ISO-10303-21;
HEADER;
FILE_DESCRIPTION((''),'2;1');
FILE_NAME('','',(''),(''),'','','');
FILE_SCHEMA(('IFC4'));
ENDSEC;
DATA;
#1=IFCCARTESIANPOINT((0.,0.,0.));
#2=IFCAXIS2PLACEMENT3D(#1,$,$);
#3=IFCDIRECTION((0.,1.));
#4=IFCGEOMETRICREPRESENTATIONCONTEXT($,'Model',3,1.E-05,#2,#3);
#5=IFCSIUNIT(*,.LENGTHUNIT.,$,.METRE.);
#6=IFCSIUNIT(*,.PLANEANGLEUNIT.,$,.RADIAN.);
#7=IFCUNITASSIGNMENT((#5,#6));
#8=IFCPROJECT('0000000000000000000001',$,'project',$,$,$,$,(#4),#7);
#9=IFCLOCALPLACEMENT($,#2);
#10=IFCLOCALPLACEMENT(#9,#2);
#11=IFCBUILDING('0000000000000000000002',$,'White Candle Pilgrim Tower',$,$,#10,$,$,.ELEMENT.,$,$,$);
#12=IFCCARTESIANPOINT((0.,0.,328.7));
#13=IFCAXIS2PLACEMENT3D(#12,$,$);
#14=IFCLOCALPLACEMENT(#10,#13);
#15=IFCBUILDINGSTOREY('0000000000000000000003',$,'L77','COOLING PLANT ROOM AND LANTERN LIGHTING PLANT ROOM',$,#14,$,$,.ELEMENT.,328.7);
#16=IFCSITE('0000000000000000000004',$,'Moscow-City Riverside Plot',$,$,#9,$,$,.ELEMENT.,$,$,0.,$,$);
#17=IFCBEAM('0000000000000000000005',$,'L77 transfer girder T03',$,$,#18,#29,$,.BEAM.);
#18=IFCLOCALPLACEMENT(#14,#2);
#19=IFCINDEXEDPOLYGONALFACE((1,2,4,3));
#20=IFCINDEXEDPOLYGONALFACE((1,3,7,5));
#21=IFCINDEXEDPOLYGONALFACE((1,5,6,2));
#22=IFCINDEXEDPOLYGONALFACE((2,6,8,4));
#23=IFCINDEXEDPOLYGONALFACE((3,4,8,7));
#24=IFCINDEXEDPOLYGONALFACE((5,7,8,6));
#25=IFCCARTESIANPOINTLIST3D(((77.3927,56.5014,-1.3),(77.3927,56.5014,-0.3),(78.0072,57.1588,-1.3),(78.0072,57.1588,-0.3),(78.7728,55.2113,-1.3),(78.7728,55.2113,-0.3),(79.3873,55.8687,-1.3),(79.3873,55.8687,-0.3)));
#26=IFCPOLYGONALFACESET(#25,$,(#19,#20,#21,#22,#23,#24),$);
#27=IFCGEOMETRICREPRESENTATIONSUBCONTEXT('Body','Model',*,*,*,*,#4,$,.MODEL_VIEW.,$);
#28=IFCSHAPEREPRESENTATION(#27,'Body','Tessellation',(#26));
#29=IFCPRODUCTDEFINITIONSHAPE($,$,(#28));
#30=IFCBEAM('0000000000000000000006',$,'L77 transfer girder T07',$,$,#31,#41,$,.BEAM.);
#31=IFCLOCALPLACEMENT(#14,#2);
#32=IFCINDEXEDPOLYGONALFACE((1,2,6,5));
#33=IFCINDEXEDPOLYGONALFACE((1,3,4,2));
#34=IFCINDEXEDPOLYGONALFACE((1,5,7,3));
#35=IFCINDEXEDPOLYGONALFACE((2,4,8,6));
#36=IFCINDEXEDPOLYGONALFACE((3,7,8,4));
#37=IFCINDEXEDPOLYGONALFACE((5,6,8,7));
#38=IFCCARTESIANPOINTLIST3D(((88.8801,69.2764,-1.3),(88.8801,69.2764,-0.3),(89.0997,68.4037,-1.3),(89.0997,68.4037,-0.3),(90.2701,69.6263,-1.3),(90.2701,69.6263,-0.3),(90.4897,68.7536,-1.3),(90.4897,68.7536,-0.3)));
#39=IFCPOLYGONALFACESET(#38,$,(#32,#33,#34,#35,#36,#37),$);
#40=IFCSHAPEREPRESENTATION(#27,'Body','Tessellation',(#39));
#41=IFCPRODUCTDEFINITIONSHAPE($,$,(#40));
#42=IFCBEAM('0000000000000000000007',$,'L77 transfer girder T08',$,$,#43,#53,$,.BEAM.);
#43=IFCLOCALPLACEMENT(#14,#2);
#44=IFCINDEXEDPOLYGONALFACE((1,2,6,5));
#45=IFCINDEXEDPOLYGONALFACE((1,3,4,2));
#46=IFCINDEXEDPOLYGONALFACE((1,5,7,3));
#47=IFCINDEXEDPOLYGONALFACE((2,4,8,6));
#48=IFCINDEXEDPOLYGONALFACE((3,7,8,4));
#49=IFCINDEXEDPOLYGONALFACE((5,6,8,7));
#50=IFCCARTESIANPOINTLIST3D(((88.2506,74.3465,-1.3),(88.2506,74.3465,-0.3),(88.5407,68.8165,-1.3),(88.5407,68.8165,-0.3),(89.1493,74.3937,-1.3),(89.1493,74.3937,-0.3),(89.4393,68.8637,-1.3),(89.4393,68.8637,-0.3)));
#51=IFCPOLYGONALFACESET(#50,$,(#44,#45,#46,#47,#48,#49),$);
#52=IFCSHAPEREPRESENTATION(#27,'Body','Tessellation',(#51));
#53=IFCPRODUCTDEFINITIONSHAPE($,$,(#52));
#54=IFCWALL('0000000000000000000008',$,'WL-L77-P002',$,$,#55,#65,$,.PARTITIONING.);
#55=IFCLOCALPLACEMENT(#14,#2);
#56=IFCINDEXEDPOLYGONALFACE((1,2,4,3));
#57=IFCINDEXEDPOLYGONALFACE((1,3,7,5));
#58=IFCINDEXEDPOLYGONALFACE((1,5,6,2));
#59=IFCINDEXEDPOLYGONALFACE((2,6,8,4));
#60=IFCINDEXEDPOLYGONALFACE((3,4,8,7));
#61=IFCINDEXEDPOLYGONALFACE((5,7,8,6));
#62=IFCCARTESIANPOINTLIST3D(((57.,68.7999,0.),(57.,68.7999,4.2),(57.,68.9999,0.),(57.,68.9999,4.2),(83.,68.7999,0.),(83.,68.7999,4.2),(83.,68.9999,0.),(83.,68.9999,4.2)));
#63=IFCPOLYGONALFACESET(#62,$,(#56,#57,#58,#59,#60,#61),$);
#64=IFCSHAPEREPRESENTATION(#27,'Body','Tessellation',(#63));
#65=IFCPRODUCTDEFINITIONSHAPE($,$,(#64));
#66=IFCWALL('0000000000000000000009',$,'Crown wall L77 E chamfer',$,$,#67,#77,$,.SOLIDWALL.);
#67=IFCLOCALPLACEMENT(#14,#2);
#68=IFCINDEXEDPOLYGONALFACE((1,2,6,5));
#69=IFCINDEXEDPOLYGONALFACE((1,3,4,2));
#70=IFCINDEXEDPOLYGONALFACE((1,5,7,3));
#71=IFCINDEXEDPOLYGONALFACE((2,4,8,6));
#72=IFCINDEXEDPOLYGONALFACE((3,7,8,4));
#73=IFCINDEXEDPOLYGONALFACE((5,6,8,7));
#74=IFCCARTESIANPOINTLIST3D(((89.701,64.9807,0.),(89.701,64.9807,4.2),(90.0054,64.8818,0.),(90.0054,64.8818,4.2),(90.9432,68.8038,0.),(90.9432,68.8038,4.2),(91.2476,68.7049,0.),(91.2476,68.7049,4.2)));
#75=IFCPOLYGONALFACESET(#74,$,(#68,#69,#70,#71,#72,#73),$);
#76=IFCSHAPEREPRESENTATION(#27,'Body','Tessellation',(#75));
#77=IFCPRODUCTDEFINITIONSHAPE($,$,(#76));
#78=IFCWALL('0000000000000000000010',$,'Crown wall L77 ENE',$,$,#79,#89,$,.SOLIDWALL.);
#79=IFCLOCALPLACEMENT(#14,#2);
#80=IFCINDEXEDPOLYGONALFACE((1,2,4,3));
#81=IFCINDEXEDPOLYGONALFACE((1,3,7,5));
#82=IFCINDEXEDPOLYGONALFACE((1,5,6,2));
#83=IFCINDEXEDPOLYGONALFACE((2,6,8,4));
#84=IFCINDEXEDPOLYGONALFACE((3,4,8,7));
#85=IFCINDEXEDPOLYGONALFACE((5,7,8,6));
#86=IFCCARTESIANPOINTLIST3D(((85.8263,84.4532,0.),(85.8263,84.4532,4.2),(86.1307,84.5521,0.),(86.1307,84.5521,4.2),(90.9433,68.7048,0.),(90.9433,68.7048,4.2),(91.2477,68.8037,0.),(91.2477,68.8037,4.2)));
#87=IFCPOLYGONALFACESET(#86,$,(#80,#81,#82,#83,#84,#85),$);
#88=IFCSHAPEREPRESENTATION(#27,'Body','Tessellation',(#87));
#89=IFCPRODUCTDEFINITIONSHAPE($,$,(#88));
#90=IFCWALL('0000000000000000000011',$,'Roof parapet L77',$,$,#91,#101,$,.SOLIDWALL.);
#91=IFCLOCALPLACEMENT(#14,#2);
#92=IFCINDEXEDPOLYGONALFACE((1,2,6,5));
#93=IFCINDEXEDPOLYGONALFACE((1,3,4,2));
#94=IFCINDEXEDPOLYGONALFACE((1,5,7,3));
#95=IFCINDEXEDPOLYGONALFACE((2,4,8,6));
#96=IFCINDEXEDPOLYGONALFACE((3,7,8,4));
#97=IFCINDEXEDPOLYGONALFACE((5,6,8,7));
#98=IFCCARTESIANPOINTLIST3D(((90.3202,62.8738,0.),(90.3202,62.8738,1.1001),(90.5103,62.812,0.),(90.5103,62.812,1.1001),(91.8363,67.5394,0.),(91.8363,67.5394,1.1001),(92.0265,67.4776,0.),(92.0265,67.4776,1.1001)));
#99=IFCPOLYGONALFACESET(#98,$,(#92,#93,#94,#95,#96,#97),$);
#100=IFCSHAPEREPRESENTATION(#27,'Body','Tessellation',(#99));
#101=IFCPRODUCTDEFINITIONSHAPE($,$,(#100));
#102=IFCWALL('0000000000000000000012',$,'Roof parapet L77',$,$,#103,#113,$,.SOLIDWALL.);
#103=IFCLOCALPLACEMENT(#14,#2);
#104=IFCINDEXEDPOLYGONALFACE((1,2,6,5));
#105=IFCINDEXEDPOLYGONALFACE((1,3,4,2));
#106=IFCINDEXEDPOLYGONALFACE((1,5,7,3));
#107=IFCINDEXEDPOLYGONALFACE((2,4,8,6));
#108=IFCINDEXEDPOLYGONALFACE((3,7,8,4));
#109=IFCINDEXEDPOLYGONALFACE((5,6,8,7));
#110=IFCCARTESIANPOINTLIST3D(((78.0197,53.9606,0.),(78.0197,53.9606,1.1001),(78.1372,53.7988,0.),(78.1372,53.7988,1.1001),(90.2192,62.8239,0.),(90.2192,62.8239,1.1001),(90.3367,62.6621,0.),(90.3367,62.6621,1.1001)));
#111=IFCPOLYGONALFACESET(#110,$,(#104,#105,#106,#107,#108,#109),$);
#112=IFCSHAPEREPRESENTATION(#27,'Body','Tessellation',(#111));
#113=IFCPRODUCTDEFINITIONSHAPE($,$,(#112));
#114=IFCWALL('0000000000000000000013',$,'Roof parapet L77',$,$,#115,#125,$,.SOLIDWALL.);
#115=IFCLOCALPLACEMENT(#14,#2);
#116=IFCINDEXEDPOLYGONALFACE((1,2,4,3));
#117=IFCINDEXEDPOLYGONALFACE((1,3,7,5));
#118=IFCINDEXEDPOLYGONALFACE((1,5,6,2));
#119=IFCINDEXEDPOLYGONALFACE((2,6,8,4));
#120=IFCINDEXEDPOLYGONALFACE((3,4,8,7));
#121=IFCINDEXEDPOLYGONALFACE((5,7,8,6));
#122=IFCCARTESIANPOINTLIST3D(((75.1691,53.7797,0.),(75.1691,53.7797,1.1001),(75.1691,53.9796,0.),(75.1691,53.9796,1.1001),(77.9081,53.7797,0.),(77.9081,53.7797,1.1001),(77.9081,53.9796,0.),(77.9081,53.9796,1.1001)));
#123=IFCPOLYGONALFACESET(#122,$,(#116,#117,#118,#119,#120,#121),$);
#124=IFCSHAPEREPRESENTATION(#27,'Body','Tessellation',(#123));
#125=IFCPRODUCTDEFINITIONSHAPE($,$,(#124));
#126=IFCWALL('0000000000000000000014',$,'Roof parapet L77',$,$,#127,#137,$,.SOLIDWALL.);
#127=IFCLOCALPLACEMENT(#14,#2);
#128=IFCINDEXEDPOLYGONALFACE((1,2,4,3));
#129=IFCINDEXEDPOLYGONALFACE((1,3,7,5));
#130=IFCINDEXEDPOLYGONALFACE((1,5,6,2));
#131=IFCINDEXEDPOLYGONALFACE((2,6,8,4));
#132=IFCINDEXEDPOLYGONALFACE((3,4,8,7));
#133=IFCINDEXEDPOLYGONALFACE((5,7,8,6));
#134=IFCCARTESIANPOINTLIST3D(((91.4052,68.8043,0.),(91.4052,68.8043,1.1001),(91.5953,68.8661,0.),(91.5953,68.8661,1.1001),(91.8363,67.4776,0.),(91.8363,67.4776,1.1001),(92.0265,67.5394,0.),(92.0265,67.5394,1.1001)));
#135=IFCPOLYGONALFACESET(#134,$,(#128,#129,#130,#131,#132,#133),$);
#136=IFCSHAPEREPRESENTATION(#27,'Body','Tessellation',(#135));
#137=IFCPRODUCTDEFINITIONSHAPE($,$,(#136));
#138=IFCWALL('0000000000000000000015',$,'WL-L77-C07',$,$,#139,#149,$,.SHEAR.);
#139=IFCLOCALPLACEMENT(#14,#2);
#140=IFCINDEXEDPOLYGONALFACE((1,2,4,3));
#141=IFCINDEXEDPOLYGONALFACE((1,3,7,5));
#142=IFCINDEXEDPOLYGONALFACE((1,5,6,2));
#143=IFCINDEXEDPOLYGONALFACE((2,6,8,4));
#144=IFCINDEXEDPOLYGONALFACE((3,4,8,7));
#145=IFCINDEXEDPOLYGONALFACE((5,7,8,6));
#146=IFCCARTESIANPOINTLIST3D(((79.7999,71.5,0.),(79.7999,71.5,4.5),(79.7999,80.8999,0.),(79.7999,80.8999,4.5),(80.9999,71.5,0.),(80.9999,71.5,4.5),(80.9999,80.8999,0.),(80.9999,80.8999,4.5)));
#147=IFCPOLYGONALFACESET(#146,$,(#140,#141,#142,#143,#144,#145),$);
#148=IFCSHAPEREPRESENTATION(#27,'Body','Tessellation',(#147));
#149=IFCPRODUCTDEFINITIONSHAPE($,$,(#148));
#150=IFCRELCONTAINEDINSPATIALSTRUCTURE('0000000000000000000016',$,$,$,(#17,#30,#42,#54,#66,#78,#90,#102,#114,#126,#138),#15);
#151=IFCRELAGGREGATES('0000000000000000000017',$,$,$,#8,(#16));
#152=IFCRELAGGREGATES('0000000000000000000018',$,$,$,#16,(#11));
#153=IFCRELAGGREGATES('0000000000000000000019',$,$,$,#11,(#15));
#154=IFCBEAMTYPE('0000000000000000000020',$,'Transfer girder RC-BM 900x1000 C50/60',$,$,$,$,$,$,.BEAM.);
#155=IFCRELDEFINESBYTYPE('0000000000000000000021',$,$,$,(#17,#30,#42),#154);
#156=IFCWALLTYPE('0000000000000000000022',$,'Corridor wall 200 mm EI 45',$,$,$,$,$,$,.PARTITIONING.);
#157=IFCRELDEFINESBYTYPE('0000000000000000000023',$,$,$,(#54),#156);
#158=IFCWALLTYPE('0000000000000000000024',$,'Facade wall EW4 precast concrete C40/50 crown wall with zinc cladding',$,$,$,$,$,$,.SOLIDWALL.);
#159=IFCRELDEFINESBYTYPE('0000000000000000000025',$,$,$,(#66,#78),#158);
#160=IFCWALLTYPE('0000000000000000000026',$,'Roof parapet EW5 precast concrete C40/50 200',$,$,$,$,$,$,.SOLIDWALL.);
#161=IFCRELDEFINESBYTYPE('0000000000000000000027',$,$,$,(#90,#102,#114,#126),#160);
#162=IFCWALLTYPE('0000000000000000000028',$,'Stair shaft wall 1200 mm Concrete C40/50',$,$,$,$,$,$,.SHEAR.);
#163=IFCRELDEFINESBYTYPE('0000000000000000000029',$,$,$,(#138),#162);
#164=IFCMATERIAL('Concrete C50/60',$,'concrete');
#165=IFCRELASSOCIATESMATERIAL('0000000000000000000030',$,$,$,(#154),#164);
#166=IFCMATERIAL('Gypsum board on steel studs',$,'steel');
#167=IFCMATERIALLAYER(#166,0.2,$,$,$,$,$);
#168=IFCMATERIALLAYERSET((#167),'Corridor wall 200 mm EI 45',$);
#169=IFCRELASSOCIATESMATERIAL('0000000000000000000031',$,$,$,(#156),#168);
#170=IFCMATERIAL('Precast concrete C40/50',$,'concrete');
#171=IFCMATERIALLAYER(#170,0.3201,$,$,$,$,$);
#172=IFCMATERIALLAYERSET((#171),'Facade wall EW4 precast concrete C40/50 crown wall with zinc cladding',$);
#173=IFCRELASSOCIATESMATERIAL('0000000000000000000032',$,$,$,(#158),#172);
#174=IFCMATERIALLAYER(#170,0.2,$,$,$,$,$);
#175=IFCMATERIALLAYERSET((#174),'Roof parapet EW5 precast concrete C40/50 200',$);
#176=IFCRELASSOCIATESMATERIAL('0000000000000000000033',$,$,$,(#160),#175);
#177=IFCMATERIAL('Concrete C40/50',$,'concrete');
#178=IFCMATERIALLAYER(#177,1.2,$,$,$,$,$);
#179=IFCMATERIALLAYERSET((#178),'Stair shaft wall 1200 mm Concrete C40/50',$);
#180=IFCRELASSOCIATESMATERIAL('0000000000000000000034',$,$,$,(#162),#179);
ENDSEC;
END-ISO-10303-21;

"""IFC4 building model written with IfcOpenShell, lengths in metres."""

from ifc_helpers import new_model, si_unit, direction, frame, frame_2d, origin, origin_2d, place, context, subcontext, project, spatial, rectangle, extrude, material, layer, layer_set, material_profile, profile_set, type_object, element, save


model = new_model("IFC4")

# Units and contexts
model_context = context("Model", 3, precision=1e-05, world=origin(), true_north=direction((0.0, 1.0)))
body_context = subcontext(model_context, "Body", "Model", "MODEL_VIEW")
ifc_project = project(units=[si_unit("LENGTHUNIT", "METRE"), si_unit("PLANEANGLEUNIT", "RADIAN")], contexts=[model_context])

# Site, building, storey
site_placement = place(None, origin())
site = spatial("IfcSite", under=ifc_project, at=site_placement, Name="Moscow-City Riverside Plot", CompositionType="ELEMENT", RefElevation=0.0)
building_placement = place(site_placement, origin())
building = spatial("IfcBuilding", under=site, at=building_placement, Name="White Candle Pilgrim Tower", CompositionType="ELEMENT")
storey_placement = place(building_placement, frame((0.0, 0.0, 328.7)))
storey = spatial("IfcBuildingStorey", under=building, at=storey_placement, Name="L77", Description="COOLING PLANT ROOM AND LANTERN LIGHTING PLANT ROOM", CompositionType="ELEMENT", Elevation=328.7)

# Beams
ifc_material_1 = material(Name="Concrete C50/60", Category="concrete")
ifc_material_profile_1 = material_profile(ifc_material_1, rectangle(XDim=0.8999, YDim=1.0, at=origin_2d()), Name="RC-BM 900x1000")
ifc_profile_set_1 = profile_set([ifc_material_profile_1], Name="Concrete C50/60")
beam_type_1 = type_object("IfcBeamType", Name="Transfer girder RC-BM 900x1000 C50/60", PredefinedType="BEAM", material=ifc_profile_set_1)
beam_1_placement = place(storey_placement, frame((79.0801, 55.54, -0.8), z_axis=(-0.730548, 0.682861, 0.0), x_axis=(-0.682861, -0.730548, 0.0)))
element("IfcBeam", 1, at=beam_1_placement, inside=storey, type_object=beam_type_1, Name="L77 transfer girder T03", PredefinedType="BEAM", context=body_context, shape_type="SweptSolid", body=[
    extrude(rectangle(XDim=0.8999, YDim=1.0, at=origin_2d()), origin(), (0.0, 0.0, 1.0), 1.8892),
])
beam_2_placement = place(storey_placement, frame((90.3799, 69.1899, -0.8), z_axis=(-0.96975, -0.244098, 0.0), x_axis=(0.244098, -0.96975, 0.0)))
element("IfcBeam", 2, at=beam_2_placement, inside=storey, type_object=beam_type_1, Name="L77 transfer girder T07", PredefinedType="BEAM", context=body_context, shape_type="SweptSolid", body=[
    extrude(rectangle(XDim=0.8999, YDim=1.0, at=origin_2d()), origin(), (0.0, 0.0, 1.0), 1.4333),
])
beam_3_placement = place(storey_placement, frame((88.99, 68.8401, -0.8), z_axis=(-0.052376, 0.998627, 0.0), x_axis=(-0.998627, -0.052376, 0.0)))
element("IfcBeam", 3, at=beam_3_placement, inside=storey, type_object=beam_type_1, Name="L77 transfer girder T08", PredefinedType="BEAM", context=body_context, shape_type="SweptSolid", body=[
    extrude(rectangle(XDim=0.8999, YDim=1.0, at=origin_2d()), origin(), (0.0, 0.0, 1.0), 5.5376),
])

# Walls
ifc_material_2 = material(Name="Gypsum board on steel studs", Category="steel")
ifc_layer_1 = layer(ifc_material_2, 0.2)
ifc_layer_set_1 = layer_set([ifc_layer_1], Name="Corridor wall 200 mm EI 45")
wall_type_1 = type_object("IfcWallType", Name="Corridor wall 200 mm EI 45", PredefinedType="PARTITIONING", material=ifc_layer_set_1)
wall_1_placement = place(storey_placement, frame((83.0, 68.8999, 0.0), z_axis=(0.0, 0.0, 1.0), x_axis=(-1.0, 0.0, 0.0)))
element("IfcWall", 4, at=wall_1_placement, inside=storey, type_object=wall_type_1, Name="WL-L77-P002", PredefinedType="PARTITIONING", context=body_context, shape_type="SweptSolid", body=[
    extrude(rectangle(XDim=26.0, YDim=0.2, at=frame_2d((13.0, 0.0))), origin(), (0.0, 0.0, 1.0), 4.2),
])
ifc_material_3 = material(Name="Precast concrete C40/50", Category="concrete")
ifc_layer_2 = layer(ifc_material_3, 0.3201)
ifc_layer_set_2 = layer_set([ifc_layer_2], Name="Facade wall EW4 precast concrete C40/50 crown wall with zinc cladding")
wall_type_2 = type_object("IfcWallType", Name="Facade wall EW4 precast concrete C40/50 crown wall with zinc cladding", PredefinedType="SOLIDWALL", material=ifc_layer_set_2)
wall_2_placement = place(storey_placement, frame((89.8533, 64.9314, 0.0), z_axis=(0.0, 0.0, 1.0), x_axis=(0.309022, 0.951055, 0.0)))
element("IfcWall", 5, at=wall_2_placement, inside=storey, type_object=wall_type_2, Name="Crown wall L77 E chamfer", PredefinedType="SOLIDWALL", context=body_context, shape_type="SweptSolid", body=[
    extrude(rectangle(XDim=4.0198, YDim=0.3201, at=frame_2d((2.0098, 0.0))), origin(), (0.0, 0.0, 1.0), 4.2),
])
wall_3_placement = place(storey_placement, frame((91.0955, 68.7544, 0.0), z_axis=(0.0, 0.0, 1.0), x_axis=(-0.309018, 0.951056, 0.0)))
element("IfcWall", 6, at=wall_3_placement, inside=storey, type_object=wall_type_2, Name="Crown wall L77 ENE", PredefinedType="SOLIDWALL", context=body_context, shape_type="SweptSolid", body=[
    extrude(rectangle(XDim=16.5588, YDim=0.3201, at=frame_2d((8.2793, 0.0))), origin(), (0.0, 0.0, 1.0), 4.2),
])
ifc_layer_3 = layer(ifc_material_3, 0.2)
ifc_layer_set_3 = layer_set([ifc_layer_3], Name="Roof parapet EW5 precast concrete C40/50 200")
wall_type_3 = type_object("IfcWallType", Name="Roof parapet EW5 precast concrete C40/50 200", PredefinedType="SOLIDWALL", material=ifc_layer_set_3)
wall_4_placement = place(storey_placement, frame((91.9314, 67.5085, 0.0), z_axis=(0.0, 0.0, 1.0), x_axis=(-0.309052, -0.951045, 0.0)))
element("IfcWall", 7, at=wall_4_placement, inside=storey, type_object=wall_type_3, Name="Roof parapet L77", PredefinedType="SOLIDWALL", context=body_context, shape_type="SweptSolid", body=[
    extrude(rectangle(XDim=4.9058, YDim=0.2, at=frame_2d((2.4529, 0.0))), origin(), (0.0, 0.0, 1.0), 1.1001),
])
wall_5_placement = place(storey_placement, frame((90.2778, 62.7429, 0.0), z_axis=(0.0, 0.0, 1.0), x_axis=(-0.809022, -0.587779, 0.0)))
element("IfcWall", 8, at=wall_5_placement, inside=storey, type_object=wall_type_3, Name="Roof parapet L77", PredefinedType="SOLIDWALL", context=body_context, shape_type="SweptSolid", body=[
    extrude(rectangle(XDim=15.0793, YDim=0.2, at=frame_2d((7.5396, 0.0))), origin(), (0.0, 0.0, 1.0), 1.1001),
])
wall_6_placement = place(storey_placement, frame((77.9082, 53.8796, 0.0), z_axis=(0.0, 0.0, 1.0), x_axis=(-1.0, 0.0, 0.0)))
element("IfcWall", 9, at=wall_6_placement, inside=storey, type_object=wall_type_3, Name="Roof parapet L77", PredefinedType="SOLIDWALL", context=body_context, shape_type="SweptSolid", body=[
    extrude(rectangle(XDim=2.739, YDim=0.2, at=frame_2d((1.3696, 0.0))), origin(), (0.0, 0.0, 1.0), 1.1001),
])
wall_7_placement = place(storey_placement, frame((91.5002, 68.8352, 0.0), z_axis=(0.0, 0.0, 1.0), x_axis=(0.309078, -0.951037, 0.0)))
element("IfcWall", 10, at=wall_7_placement, inside=storey, type_object=wall_type_3, Name="Roof parapet L77", PredefinedType="SOLIDWALL", context=body_context, shape_type="SweptSolid", body=[
    extrude(rectangle(XDim=1.395, YDim=0.2, at=frame_2d((0.6975, 0.0))), origin(), (0.0, 0.0, 1.0), 1.1001),
])
ifc_material_4 = material(Name="Concrete C40/50", Category="concrete")
ifc_layer_4 = layer(ifc_material_4, 1.2)
ifc_layer_set_4 = layer_set([ifc_layer_4], Name="Stair shaft wall 1200 mm Concrete C40/50")
wall_type_4 = type_object("IfcWallType", Name="Stair shaft wall 1200 mm Concrete C40/50", PredefinedType="SHEAR", material=ifc_layer_set_4)
wall_8_placement = place(storey_placement, frame((80.3999, 71.5, 0.0), z_axis=(0.0, 0.0, 1.0), x_axis=(0.0, 1.0, 0.0)))
element("IfcWall", 11, at=wall_8_placement, inside=storey, type_object=wall_type_4, Name="WL-L77-C07", PredefinedType="SHEAR", context=body_context, shape_type="SweptSolid", body=[
    extrude(rectangle(XDim=9.3999, YDim=1.2, at=frame_2d((4.7, 0.0))), origin(), (0.0, 0.0, 1.0), 4.5),
])

save(model, "model.ifc")
